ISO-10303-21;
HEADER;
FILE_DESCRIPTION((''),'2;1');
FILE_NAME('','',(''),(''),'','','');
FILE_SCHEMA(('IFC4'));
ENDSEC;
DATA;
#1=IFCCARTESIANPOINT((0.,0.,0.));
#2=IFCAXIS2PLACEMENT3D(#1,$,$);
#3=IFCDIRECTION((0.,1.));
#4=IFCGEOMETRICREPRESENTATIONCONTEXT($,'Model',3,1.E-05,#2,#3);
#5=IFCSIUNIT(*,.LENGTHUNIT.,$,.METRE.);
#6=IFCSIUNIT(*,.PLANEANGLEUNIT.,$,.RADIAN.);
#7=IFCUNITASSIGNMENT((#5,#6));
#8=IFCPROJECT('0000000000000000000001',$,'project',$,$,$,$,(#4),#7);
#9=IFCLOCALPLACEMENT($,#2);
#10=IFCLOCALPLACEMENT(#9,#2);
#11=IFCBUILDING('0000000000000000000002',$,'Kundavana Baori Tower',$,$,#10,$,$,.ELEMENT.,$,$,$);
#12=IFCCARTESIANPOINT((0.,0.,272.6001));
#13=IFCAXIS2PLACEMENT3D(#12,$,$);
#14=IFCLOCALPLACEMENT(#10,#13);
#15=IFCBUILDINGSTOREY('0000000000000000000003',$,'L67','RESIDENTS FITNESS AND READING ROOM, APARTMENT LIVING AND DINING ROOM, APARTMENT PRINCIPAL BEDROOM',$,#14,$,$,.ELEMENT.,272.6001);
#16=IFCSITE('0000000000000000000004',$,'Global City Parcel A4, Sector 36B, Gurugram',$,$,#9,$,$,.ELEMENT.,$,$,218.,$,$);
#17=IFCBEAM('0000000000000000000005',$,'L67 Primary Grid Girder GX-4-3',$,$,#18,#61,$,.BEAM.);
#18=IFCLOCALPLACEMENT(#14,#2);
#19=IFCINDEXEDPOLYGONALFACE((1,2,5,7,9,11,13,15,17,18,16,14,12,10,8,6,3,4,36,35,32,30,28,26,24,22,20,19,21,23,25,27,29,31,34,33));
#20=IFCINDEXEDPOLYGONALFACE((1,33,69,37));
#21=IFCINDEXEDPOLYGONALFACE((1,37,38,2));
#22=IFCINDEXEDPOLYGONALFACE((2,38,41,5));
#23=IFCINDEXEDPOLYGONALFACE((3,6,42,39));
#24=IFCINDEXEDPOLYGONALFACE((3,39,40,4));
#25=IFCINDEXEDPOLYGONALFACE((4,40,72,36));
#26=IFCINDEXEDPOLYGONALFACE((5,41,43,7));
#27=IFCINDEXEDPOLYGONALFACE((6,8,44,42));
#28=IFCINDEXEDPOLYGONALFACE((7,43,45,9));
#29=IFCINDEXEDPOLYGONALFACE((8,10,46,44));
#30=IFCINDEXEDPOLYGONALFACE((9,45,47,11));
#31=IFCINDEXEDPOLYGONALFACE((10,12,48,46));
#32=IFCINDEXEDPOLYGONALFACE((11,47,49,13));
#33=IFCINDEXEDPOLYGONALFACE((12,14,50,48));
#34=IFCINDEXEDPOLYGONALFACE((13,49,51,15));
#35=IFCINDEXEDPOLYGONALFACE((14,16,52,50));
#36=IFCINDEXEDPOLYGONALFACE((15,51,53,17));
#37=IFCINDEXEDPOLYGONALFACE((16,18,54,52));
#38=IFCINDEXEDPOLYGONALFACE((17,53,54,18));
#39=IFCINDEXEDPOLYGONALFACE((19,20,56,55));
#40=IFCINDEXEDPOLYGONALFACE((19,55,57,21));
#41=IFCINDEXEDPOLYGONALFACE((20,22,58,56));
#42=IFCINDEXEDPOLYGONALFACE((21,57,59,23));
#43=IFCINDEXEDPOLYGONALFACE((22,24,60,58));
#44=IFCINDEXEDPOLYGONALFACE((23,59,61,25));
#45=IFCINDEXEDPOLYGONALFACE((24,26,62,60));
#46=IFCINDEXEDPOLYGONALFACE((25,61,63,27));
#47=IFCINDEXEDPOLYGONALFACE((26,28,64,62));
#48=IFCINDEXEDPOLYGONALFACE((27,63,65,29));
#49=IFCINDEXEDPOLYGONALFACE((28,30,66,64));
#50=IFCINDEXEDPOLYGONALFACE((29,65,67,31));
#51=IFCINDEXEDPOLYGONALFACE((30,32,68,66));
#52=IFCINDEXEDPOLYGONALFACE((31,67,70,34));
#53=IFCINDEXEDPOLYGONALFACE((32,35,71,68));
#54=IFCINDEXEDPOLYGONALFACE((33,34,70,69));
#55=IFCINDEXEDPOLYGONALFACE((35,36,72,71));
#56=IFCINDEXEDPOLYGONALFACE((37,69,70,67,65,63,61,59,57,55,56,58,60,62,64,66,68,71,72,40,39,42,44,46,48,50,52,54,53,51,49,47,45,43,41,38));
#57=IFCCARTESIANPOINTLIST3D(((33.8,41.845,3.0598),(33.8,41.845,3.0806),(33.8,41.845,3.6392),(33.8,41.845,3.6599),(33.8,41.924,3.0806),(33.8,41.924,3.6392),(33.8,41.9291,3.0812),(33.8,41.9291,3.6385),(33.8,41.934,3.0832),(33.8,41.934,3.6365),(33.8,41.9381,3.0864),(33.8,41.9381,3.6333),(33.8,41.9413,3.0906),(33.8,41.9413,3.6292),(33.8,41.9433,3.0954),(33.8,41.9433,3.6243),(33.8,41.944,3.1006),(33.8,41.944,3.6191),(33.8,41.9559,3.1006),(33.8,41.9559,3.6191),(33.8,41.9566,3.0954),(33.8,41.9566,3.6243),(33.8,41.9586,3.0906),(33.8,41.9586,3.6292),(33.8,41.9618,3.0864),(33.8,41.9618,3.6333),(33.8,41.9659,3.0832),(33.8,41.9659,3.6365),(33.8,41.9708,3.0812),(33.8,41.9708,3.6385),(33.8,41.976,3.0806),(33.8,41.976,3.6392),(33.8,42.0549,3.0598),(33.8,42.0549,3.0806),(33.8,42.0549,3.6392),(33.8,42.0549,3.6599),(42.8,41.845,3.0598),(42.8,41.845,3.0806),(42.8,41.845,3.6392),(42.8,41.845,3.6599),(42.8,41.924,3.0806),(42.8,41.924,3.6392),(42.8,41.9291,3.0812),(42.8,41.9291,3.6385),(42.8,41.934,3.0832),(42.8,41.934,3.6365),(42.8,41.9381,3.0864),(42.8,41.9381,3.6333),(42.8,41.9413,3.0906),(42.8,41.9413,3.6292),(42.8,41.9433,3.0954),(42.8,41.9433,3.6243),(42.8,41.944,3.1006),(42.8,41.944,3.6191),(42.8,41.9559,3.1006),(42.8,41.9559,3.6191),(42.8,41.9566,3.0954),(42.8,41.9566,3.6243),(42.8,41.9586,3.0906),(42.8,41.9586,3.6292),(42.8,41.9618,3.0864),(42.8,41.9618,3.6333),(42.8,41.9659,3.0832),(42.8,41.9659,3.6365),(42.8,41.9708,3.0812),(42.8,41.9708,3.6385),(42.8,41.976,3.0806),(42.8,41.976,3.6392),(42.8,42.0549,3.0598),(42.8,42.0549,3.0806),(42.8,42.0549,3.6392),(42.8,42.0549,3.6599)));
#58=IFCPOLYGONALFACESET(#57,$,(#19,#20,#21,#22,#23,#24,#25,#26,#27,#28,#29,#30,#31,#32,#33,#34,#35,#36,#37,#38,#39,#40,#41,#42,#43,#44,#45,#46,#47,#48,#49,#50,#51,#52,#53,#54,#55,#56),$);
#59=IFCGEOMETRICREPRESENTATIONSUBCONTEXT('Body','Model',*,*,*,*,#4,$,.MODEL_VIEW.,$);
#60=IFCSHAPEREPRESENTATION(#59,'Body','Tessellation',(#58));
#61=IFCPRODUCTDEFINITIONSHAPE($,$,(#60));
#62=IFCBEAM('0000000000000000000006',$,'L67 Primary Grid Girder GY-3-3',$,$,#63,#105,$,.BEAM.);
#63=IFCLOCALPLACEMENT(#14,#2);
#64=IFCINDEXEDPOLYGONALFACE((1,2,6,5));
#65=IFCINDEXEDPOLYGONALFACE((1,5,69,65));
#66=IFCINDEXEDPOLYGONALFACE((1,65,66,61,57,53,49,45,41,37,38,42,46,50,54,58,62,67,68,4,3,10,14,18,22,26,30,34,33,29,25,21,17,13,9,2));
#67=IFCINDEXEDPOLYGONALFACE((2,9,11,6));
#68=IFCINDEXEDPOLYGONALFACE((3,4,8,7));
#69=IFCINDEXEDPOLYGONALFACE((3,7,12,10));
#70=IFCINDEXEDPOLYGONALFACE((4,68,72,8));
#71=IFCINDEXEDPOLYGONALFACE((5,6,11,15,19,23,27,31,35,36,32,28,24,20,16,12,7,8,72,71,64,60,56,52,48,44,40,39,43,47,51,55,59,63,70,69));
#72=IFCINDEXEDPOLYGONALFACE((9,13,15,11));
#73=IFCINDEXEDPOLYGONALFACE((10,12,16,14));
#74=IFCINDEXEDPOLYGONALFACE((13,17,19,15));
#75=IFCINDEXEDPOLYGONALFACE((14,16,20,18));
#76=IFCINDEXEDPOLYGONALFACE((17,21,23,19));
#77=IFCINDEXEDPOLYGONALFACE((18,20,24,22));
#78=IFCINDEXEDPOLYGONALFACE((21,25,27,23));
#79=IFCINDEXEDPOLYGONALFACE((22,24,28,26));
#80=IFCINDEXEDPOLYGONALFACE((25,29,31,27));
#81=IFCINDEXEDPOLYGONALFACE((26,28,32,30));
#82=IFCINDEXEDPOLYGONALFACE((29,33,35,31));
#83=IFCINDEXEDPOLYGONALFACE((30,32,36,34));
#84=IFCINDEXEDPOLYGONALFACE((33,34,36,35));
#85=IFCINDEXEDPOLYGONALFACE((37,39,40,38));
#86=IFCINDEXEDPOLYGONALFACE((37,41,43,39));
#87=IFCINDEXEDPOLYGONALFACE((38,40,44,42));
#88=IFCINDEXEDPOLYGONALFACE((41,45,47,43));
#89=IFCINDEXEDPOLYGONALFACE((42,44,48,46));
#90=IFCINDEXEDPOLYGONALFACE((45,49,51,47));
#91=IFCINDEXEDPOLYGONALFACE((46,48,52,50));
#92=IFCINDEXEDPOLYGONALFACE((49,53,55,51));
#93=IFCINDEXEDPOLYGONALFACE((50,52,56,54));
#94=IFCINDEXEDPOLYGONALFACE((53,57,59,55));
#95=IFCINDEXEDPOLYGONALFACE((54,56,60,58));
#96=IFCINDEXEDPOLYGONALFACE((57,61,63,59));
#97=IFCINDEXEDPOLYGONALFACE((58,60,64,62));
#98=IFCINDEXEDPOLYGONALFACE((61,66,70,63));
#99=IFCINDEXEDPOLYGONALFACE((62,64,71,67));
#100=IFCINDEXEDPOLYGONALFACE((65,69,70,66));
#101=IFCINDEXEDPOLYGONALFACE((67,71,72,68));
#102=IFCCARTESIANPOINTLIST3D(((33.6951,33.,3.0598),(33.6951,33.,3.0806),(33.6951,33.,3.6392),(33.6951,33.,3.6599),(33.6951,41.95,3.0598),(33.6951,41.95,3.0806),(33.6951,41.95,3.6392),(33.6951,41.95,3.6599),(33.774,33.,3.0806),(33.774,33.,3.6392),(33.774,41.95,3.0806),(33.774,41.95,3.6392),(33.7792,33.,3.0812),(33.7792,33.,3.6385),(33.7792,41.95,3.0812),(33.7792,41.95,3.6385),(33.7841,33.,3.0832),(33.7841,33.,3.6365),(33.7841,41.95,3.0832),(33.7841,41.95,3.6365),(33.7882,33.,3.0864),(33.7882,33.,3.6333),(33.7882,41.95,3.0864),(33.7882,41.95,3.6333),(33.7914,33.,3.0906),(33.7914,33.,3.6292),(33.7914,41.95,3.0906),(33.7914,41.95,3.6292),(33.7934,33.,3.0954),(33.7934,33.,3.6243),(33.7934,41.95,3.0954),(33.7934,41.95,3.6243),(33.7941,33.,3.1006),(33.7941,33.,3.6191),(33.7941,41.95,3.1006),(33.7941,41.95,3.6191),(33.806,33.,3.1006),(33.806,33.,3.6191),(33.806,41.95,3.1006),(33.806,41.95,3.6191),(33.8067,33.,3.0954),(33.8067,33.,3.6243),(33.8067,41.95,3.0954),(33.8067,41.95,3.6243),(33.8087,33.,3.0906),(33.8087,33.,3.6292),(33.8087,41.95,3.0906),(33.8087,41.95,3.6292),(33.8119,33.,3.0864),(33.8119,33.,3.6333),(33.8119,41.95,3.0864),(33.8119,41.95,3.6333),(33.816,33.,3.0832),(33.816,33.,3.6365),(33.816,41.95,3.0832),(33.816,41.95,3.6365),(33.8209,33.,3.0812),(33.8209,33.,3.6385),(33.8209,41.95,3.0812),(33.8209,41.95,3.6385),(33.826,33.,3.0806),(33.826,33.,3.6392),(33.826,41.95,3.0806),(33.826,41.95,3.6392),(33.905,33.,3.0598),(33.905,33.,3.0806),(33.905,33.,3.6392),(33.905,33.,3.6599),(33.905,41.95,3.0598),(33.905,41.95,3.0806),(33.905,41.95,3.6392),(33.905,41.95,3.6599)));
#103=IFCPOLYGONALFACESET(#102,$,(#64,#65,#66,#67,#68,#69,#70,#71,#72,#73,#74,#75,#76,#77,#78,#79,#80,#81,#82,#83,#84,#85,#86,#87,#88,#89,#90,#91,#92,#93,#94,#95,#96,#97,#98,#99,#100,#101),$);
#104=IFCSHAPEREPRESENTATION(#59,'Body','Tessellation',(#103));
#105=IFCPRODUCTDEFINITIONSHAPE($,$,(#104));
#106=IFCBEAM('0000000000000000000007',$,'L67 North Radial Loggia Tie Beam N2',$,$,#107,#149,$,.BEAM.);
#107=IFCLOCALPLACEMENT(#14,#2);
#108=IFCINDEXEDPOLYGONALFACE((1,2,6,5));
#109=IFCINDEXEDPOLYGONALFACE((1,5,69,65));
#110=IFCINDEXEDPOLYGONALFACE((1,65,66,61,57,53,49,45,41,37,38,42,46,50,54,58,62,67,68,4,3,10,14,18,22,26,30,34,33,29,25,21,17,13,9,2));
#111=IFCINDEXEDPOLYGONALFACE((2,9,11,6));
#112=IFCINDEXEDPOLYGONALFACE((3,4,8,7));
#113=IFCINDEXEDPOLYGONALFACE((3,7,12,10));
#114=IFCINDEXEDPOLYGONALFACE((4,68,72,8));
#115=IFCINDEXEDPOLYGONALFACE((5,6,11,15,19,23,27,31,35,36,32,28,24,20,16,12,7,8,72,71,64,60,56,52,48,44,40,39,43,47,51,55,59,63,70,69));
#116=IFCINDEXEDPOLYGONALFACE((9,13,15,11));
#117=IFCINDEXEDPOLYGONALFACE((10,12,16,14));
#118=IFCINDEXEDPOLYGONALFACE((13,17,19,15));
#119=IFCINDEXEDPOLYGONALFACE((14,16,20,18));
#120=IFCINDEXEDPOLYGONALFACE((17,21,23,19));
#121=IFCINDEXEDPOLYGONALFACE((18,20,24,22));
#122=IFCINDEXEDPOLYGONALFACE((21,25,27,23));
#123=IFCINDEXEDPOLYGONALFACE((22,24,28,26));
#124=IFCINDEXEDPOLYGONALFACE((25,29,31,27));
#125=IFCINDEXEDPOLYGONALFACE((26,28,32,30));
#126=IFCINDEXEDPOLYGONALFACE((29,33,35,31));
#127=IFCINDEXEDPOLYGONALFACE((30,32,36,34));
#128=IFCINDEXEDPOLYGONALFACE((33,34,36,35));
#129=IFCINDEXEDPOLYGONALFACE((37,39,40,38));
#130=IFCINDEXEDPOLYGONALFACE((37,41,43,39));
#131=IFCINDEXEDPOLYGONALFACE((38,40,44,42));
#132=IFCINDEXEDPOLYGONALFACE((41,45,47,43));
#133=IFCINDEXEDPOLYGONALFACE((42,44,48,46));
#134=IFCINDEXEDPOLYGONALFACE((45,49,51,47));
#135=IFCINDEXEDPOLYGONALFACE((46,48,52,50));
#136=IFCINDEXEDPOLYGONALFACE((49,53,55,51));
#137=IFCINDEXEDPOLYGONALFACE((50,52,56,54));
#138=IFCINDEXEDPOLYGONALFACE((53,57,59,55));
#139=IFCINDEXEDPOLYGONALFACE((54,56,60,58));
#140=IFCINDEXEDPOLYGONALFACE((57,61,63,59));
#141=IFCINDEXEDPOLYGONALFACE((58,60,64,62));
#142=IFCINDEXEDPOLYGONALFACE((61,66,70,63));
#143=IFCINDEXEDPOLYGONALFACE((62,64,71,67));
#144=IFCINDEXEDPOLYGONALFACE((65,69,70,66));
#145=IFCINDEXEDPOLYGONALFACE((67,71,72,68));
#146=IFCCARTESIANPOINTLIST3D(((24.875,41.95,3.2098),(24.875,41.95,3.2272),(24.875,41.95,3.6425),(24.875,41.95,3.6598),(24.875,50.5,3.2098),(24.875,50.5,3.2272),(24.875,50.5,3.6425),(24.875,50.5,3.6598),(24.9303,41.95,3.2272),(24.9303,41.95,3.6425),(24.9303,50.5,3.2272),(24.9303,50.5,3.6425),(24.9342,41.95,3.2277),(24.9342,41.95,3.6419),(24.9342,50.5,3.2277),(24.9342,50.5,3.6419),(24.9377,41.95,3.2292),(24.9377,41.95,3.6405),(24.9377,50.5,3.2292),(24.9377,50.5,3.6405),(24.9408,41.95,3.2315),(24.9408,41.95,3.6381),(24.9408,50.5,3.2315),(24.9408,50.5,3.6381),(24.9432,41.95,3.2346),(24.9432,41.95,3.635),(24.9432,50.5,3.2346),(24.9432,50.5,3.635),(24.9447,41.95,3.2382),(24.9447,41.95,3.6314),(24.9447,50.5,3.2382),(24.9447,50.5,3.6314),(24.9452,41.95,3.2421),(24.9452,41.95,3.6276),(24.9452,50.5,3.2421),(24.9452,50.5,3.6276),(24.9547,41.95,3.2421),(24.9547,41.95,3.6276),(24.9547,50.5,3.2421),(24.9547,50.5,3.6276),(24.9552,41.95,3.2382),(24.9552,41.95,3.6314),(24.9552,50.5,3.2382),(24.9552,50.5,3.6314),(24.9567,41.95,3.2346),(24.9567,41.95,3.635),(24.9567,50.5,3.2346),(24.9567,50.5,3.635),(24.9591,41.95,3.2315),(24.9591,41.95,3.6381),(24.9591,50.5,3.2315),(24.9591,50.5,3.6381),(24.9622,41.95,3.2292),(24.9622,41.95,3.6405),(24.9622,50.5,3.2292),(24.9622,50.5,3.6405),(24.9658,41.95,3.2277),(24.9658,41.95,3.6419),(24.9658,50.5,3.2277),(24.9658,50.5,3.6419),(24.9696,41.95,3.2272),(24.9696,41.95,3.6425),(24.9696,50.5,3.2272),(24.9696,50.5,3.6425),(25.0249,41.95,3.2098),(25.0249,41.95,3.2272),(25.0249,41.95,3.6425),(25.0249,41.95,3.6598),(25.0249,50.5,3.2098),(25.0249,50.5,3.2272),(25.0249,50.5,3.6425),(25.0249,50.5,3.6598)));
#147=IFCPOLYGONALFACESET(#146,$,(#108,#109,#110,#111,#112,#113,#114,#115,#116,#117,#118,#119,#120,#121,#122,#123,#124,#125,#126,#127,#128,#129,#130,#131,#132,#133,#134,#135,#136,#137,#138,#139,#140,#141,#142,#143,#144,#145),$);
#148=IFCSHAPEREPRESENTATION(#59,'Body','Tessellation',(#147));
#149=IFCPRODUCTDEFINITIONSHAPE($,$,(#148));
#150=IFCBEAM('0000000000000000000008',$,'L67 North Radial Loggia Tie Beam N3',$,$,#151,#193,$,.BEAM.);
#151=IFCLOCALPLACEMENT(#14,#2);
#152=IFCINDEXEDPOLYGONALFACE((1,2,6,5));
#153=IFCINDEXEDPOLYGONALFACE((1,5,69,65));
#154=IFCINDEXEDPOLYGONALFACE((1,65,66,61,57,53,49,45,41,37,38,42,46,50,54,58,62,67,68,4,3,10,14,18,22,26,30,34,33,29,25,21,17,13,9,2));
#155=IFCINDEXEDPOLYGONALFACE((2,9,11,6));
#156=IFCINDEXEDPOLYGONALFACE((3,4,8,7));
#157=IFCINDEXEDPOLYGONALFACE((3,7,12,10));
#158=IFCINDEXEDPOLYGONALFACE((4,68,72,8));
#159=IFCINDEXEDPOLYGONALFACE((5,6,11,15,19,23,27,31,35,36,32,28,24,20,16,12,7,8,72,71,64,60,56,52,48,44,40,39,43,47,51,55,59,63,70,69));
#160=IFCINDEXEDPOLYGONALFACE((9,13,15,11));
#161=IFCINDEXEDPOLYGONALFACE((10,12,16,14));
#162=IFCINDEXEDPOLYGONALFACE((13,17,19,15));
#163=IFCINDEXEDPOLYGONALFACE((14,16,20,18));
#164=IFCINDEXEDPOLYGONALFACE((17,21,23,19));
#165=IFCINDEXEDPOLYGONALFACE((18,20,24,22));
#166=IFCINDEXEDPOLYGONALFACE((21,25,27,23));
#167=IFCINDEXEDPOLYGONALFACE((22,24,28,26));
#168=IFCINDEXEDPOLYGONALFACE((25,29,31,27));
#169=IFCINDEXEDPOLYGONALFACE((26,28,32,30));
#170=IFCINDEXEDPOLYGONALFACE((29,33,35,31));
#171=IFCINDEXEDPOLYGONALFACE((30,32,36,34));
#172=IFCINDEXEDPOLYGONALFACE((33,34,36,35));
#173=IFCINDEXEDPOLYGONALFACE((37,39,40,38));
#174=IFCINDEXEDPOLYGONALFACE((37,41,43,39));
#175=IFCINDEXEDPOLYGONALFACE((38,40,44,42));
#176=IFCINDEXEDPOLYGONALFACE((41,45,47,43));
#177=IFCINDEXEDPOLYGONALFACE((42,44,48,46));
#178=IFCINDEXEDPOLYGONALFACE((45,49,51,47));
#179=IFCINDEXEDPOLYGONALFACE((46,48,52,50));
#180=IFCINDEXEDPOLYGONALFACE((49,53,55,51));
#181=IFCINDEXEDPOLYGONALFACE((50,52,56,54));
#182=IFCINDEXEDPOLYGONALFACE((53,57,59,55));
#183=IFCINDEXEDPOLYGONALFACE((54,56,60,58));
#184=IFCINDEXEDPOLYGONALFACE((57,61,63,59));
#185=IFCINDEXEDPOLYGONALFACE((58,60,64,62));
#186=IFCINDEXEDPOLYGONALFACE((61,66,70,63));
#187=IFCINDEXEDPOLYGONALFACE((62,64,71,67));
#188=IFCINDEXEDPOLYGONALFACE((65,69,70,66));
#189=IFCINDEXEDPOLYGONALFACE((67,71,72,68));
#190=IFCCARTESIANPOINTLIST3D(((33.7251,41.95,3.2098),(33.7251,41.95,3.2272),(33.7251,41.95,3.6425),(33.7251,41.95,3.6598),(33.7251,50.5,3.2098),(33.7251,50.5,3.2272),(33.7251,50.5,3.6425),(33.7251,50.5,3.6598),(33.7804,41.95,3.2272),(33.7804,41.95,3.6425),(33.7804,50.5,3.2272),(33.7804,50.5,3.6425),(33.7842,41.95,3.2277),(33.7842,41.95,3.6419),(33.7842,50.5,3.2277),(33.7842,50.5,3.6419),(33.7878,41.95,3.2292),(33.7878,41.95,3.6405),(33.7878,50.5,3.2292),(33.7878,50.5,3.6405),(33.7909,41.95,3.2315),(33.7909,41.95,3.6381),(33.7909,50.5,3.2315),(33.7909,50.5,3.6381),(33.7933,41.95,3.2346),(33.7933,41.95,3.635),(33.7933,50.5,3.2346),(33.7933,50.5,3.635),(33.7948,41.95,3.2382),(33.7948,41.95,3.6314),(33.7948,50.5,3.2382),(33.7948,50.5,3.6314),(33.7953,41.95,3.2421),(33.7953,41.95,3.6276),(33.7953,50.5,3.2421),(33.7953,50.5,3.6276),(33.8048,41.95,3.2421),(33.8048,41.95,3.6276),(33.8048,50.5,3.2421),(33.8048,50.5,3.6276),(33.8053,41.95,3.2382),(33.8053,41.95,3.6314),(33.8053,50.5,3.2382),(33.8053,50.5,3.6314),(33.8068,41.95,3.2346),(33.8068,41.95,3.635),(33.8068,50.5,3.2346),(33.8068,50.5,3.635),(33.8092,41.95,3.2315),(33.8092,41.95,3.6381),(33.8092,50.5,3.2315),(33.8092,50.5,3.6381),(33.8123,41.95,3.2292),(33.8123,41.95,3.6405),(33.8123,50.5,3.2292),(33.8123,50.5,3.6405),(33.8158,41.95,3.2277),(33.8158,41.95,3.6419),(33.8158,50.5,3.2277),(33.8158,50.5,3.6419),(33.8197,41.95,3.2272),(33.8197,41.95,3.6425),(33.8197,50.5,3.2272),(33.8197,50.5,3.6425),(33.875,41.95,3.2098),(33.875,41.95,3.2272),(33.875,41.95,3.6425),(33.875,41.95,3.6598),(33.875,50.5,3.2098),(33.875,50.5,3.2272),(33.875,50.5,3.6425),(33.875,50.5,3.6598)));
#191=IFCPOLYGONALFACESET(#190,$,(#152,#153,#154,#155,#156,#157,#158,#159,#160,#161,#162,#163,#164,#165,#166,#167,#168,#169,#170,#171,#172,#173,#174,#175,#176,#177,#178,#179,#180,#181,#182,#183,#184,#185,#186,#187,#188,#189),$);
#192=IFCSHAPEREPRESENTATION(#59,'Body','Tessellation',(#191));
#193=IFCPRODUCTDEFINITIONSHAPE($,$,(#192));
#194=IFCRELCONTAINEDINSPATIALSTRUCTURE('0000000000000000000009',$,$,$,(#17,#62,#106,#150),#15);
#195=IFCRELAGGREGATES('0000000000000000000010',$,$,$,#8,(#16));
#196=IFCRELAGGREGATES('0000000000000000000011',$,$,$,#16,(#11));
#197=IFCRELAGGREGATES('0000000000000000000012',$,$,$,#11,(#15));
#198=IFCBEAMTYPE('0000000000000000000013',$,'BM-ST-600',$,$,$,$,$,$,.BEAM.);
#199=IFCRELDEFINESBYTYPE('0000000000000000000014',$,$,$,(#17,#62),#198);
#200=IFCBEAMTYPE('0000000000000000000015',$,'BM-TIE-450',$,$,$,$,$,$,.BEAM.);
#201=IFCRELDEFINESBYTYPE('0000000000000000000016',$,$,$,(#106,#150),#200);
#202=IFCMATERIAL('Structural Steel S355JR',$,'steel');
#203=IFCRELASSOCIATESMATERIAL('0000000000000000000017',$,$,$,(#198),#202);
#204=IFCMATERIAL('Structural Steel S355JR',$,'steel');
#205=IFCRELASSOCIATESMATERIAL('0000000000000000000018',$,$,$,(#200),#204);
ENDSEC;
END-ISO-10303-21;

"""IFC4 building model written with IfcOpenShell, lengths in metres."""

from ifc_helpers import new_model, si_unit, direction, frame, origin, origin_2d, place, context, subcontext, project, spatial, i_section, extrude, material, material_profile, profile_set, type_object, element, save


model = new_model("IFC4")

# Units and contexts
model_context = context("Model", 3, precision=1e-05, world=origin(), true_north=direction((0.0, 1.0)))
body_context = subcontext(model_context, "Body", "Model", "MODEL_VIEW")
ifc_project = project(units=[si_unit("LENGTHUNIT", "METRE"), si_unit("PLANEANGLEUNIT", "RADIAN")], contexts=[model_context])

# Site, building, storey
site_placement = place(None, origin())
site = spatial("IfcSite", under=ifc_project, at=site_placement, Name="Global City Parcel A4, Sector 36B, Gurugram", CompositionType="ELEMENT", RefElevation=218.0)
building_placement = place(site_placement, origin())
building = spatial("IfcBuilding", under=site, at=building_placement, Name="Kundavana Baori Tower", CompositionType="ELEMENT")
storey_placement = place(building_placement, frame((0.0, 0.0, 272.6001)))
storey = spatial("IfcBuildingStorey", under=building, at=storey_placement, Name="L67", Description="RESIDENTS FITNESS AND READING ROOM, APARTMENT LIVING AND DINING ROOM, APARTMENT PRINCIPAL BEDROOM", CompositionType="ELEMENT", Elevation=272.6001)

# Beams
ifc_material_1 = material(Name="Structural Steel S355JR", Category="steel")
ifc_material_profile_1 = material_profile(ifc_material_1, i_section(OverallWidth=0.21, OverallDepth=0.6001, WebThickness=0.012, FlangeThickness=0.0208, FilletRadius=0.02, at=origin_2d()), Name="ISMB 600")
ifc_profile_set_1 = profile_set([ifc_material_profile_1], Name="Structural Steel S355JR")
beam_type_1 = type_object("IfcBeamType", Name="BM-ST-600", PredefinedType="BEAM", material=ifc_profile_set_1)
beam_1_placement = place(storey_placement, frame((33.8, 41.95, 3.3599), z_axis=(1.0, 0.0, 0.0), x_axis=(0.0, 1.0, 0.0)))
element("IfcBeam", 1, at=beam_1_placement, inside=storey, type_object=beam_type_1, Name="L67 Primary Grid Girder GX-4-3", PredefinedType="BEAM", context=body_context, shape_type="SweptSolid", body=[
    extrude(i_section(OverallWidth=0.21, OverallDepth=0.6001, WebThickness=0.012, FlangeThickness=0.0208, FilletRadius=0.02, at=origin_2d()), origin(), (0.0, 0.0, 1.0), 9.0),
])
beam_2_placement = place(storey_placement, frame((33.8, 33.0, 3.3599), z_axis=(0.0, 1.0, 0.0), x_axis=(-1.0, 0.0, 0.0)))
element("IfcBeam", 2, at=beam_2_placement, inside=storey, type_object=beam_type_1, Name="L67 Primary Grid Girder GY-3-3", PredefinedType="BEAM", context=body_context, shape_type="SweptSolid", body=[
    extrude(i_section(OverallWidth=0.21, OverallDepth=0.6001, WebThickness=0.012, FlangeThickness=0.0208, FilletRadius=0.02, at=origin_2d()), origin(), (0.0, 0.0, 1.0), 8.95),
])
ifc_material_2 = material(Name="Structural Steel S355JR", Category="steel")
ifc_material_profile_2 = material_profile(ifc_material_2, i_section(OverallWidth=0.1499, OverallDepth=0.45, WebThickness=0.0095, FlangeThickness=0.0173, FilletRadius=0.0149, at=origin_2d()), Name="ISMB 450")
ifc_profile_set_2 = profile_set([ifc_material_profile_2], Name="Structural Steel S355JR")
beam_type_2 = type_object("IfcBeamType", Name="BM-TIE-450", PredefinedType="BEAM", material=ifc_profile_set_2)
for number, where, z_axis, x_axis, name in (
    (3, (24.95, 41.95, 3.4348), (0.0, 1.0, 0.0), (-1.0, 0.0, 0.0), "L67 North Radial Loggia Tie Beam N2"),
    (4, (33.8, 41.95, 3.4348), (0.0, 1.0, 0.0), (-1.0, 0.0, 0.0), "L67 North Radial Loggia Tie Beam N3"),
):
    element("IfcBeam", number, at=place(storey_placement, frame(where, z_axis=z_axis, x_axis=x_axis)), inside=storey, type_object=beam_type_2, Name=name, PredefinedType="BEAM", context=body_context, shape_type="SweptSolid", body=[
        extrude(i_section(OverallWidth=0.1499, OverallDepth=0.45, WebThickness=0.0095, FlangeThickness=0.0173, FilletRadius=0.0149, at=origin_2d()), origin(), (0.0, 0.0, 1.0), 8.55),
    ])

save(model, "model.ifc")
